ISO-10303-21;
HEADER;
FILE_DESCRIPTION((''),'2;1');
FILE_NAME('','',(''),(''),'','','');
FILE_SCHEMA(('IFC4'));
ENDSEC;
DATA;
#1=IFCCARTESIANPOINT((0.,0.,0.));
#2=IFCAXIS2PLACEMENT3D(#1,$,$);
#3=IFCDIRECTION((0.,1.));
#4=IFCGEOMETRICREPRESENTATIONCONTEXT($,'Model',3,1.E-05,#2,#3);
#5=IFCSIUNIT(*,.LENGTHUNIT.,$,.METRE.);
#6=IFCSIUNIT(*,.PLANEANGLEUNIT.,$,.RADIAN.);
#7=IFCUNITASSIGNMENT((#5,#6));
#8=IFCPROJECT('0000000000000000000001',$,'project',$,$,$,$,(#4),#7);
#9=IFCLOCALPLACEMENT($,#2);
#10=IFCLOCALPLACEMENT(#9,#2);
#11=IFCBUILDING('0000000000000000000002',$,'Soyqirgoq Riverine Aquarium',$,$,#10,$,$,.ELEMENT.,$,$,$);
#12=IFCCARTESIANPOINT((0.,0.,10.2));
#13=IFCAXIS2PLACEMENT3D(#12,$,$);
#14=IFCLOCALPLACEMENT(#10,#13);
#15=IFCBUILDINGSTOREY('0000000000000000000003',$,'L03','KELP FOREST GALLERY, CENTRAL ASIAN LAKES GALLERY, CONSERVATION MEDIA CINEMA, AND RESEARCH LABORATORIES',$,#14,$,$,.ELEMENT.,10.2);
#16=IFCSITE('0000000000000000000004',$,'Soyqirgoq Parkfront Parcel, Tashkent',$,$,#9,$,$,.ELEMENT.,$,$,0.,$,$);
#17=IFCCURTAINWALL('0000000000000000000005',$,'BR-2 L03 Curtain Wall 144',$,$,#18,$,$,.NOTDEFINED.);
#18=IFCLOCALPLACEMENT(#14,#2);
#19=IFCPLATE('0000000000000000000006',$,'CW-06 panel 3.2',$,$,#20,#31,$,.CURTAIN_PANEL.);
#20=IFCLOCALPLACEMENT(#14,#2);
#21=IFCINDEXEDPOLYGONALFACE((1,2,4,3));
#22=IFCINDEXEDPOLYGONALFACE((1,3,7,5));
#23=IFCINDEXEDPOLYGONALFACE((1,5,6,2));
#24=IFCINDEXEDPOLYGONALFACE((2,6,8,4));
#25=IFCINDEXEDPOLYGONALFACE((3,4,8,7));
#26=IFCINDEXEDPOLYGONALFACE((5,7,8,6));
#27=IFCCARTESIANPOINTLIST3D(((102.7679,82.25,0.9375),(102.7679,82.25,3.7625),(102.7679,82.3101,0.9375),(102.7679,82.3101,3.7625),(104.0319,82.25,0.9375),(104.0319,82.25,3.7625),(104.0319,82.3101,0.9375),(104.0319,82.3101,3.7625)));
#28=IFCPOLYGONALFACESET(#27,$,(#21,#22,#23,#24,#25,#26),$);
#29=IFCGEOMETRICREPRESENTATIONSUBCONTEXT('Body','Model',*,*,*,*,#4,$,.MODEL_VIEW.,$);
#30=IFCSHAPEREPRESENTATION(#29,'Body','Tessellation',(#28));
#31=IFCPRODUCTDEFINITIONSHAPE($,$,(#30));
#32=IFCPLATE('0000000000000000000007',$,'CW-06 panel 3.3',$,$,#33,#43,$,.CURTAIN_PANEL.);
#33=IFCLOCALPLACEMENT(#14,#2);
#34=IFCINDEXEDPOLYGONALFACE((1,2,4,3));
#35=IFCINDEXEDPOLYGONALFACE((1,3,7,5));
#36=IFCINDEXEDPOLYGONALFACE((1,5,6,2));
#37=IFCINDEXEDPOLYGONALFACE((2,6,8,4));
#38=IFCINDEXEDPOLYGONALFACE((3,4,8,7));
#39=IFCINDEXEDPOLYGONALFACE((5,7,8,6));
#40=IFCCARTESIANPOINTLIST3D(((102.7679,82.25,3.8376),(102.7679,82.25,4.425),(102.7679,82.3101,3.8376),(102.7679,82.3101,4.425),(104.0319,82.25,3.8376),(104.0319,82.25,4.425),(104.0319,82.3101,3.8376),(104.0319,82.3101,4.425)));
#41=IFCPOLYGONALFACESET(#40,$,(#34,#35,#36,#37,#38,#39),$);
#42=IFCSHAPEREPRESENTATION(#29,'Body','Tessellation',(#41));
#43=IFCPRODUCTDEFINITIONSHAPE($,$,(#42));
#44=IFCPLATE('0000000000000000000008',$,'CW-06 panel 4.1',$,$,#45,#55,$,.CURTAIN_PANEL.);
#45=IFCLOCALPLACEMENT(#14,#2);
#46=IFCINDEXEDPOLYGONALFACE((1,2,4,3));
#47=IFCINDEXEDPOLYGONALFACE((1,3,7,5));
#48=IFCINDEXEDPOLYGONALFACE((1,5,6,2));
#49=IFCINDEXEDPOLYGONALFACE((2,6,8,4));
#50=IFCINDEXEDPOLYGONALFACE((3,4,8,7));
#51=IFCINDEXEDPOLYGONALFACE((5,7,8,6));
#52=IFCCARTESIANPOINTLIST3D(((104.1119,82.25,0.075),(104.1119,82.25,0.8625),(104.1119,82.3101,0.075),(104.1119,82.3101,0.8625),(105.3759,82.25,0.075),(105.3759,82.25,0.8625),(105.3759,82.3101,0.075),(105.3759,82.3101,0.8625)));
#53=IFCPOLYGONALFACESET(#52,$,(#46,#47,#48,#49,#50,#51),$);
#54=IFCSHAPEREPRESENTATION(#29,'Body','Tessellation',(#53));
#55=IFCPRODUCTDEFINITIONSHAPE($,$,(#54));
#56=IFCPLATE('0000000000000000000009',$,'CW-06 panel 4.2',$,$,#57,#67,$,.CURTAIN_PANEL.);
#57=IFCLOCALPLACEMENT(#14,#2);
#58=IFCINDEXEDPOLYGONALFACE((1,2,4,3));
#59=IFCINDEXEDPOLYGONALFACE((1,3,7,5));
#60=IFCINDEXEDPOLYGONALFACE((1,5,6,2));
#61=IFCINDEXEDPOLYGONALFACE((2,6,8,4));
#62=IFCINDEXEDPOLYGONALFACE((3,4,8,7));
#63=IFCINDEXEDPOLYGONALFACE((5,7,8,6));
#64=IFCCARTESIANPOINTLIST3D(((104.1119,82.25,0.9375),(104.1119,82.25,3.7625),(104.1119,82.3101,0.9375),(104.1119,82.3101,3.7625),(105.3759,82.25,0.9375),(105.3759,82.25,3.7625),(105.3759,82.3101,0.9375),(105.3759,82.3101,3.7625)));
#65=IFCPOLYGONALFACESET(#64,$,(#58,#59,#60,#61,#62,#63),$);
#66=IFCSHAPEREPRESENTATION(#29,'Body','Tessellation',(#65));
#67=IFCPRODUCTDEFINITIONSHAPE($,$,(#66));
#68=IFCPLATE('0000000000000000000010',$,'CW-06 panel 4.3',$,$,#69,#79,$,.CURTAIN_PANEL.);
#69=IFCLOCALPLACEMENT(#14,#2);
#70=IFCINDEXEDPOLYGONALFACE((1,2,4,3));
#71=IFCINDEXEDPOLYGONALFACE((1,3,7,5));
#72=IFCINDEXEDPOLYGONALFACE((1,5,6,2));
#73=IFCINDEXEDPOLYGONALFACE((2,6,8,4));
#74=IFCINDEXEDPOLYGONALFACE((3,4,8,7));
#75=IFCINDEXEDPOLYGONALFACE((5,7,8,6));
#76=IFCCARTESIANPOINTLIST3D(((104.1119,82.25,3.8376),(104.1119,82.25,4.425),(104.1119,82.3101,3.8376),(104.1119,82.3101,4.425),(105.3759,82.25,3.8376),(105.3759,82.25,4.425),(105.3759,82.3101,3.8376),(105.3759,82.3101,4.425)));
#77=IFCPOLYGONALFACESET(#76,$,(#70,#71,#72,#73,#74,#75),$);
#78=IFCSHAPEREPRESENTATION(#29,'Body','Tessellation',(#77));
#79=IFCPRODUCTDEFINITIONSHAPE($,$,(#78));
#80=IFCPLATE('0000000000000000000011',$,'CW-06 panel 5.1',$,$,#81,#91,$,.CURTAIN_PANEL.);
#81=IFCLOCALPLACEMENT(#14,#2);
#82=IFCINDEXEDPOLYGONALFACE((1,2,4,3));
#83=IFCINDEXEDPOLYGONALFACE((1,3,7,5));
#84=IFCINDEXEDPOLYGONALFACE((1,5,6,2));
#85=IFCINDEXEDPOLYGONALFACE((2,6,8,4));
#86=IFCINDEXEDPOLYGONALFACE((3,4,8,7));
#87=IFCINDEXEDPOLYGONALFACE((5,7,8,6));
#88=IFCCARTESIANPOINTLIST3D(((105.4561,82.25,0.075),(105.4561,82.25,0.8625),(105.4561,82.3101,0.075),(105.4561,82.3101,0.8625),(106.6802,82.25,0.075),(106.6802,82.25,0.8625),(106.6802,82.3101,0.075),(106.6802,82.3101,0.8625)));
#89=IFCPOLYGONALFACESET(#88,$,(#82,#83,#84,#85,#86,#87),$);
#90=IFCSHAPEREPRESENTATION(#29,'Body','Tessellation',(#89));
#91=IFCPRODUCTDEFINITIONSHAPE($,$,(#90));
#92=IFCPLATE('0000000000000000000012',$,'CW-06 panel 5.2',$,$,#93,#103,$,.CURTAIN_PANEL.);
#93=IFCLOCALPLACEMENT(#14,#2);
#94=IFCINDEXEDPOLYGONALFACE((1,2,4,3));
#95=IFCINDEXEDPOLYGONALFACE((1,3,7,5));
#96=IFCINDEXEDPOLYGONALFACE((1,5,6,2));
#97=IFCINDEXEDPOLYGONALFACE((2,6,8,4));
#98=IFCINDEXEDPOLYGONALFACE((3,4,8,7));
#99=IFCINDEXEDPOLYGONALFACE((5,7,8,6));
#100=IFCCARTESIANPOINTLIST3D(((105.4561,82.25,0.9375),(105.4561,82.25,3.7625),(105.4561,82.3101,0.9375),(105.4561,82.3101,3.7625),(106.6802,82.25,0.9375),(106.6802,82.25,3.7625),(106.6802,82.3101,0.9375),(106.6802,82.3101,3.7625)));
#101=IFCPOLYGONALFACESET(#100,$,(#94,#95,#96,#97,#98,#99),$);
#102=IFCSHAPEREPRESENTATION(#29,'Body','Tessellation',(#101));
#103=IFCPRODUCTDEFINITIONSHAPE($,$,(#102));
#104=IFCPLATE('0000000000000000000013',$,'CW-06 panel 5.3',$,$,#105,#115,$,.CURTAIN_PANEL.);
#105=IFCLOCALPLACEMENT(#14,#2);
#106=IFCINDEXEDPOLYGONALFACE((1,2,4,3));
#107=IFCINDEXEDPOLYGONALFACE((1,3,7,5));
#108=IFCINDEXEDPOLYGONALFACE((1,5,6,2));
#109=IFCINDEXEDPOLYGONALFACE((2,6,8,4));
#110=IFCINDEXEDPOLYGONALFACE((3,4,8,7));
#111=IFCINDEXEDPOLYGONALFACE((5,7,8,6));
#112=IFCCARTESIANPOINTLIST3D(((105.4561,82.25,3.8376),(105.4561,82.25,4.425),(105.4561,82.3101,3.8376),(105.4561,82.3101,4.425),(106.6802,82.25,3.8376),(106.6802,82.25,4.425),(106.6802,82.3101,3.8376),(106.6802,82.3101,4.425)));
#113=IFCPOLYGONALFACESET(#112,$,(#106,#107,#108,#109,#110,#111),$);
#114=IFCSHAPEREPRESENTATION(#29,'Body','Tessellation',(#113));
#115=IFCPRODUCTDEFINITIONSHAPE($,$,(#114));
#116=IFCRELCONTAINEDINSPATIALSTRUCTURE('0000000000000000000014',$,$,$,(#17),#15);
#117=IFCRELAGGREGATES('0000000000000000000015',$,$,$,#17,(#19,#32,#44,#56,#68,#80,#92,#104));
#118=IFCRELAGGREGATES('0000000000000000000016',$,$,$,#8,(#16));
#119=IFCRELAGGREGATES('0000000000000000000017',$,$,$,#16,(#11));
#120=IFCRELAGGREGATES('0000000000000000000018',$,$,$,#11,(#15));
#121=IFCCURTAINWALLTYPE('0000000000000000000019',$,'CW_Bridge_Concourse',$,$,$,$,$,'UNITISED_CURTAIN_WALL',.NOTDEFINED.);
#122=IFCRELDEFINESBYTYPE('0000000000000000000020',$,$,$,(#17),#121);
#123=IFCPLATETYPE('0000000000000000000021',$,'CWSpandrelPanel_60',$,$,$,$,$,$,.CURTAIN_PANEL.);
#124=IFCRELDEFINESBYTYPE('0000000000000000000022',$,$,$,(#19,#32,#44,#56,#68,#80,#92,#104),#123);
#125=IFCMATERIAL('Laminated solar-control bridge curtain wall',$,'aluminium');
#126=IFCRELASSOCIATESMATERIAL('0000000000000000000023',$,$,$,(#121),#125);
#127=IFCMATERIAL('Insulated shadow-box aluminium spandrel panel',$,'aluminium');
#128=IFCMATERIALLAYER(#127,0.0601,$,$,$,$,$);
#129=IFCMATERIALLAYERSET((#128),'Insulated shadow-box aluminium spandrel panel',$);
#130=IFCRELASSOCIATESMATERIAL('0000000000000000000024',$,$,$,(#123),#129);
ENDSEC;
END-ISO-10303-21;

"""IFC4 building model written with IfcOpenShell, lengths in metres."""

from ifc_helpers import new_model, si_unit, direction, frame, origin, origin_2d, place, context, subcontext, project, spatial, rectangle, extrude, material, layer, layer_set, type_object, element, aggregate, save


model = new_model("IFC4")

# Units and contexts
model_context = context("Model", 3, precision=1e-05, world=origin(), true_north=direction((0.0, 1.0)))
body_context = subcontext(model_context, "Body", "Model", "MODEL_VIEW")
ifc_project = project(units=[si_unit("LENGTHUNIT", "METRE"), si_unit("PLANEANGLEUNIT", "RADIAN")], contexts=[model_context])

# Site, building, storey
site_placement = place(None, origin())
site = spatial("IfcSite", under=ifc_project, at=site_placement, Name="Soyqirgoq Parkfront Parcel, Tashkent", CompositionType="ELEMENT", RefElevation=0.0)
building_placement = place(site_placement, origin())
building = spatial("IfcBuilding", under=site, at=building_placement, Name="Soyqirgoq Riverine Aquarium", CompositionType="ELEMENT")
storey_placement = place(building_placement, frame((0.0, 0.0, 10.2)))
storey = spatial("IfcBuildingStorey", under=building, at=storey_placement, Name="L03", Description="KELP FOREST GALLERY, CENTRAL ASIAN LAKES GALLERY, CONSERVATION MEDIA CINEMA, AND RESEARCH LABORATORIES", CompositionType="ELEMENT", Elevation=10.2)

# Curtain wall
ifc_material_1 = material(Name="Laminated solar-control bridge curtain wall", Category="aluminium")
curtain_wall_type = type_object("IfcCurtainWallType", Name="CW_Bridge_Concourse", ElementType="UNITISED_CURTAIN_WALL", PredefinedType="NOTDEFINED", material=ifc_material_1)
curtain_wall_1_placement = place(storey_placement, origin())
curtain_wall_1 = element("IfcCurtainWall", 1, at=curtain_wall_1_placement, inside=storey, type_object=curtain_wall_type, Name="BR-2 L03 Curtain Wall 144", PredefinedType="NOTDEFINED")

# Plates
ifc_material_2 = material(Name="Insulated shadow-box aluminium spandrel panel", Category="aluminium")
ifc_layer_1 = layer(ifc_material_2, 0.0601)
ifc_layer_set_1 = layer_set([ifc_layer_1], Name="Insulated shadow-box aluminium spandrel panel")
plate_type_1 = type_object("IfcPlateType", Name="CWSpandrelPanel_60", PredefinedType="CURTAIN_PANEL", material=ifc_layer_set_1)
plate_1_placement = place(storey_placement, frame((103.3999, 82.28, 0.9375), z_axis=(0.0, 0.0, 1.0), x_axis=(1.0, 0.0, 0.0)))
plate_1 = element("IfcPlate", 2, at=plate_1_placement, type_object=plate_type_1, Name="CW-06 panel 3.2", PredefinedType="CURTAIN_PANEL", context=body_context, shape_type="SweptSolid", body=[
    extrude(rectangle(XDim=1.2639, YDim=0.0601, at=origin_2d()), origin(), (0.0, 0.0, 1.0), 2.825),
])
plate_2_placement = place(storey_placement, frame((103.3999, 82.28, 3.8376), z_axis=(0.0, 0.0, 1.0), x_axis=(1.0, 0.0, 0.0)))
plate_2 = element("IfcPlate", 3, at=plate_2_placement, type_object=plate_type_1, Name="CW-06 panel 3.3", PredefinedType="CURTAIN_PANEL", context=body_context, shape_type="SweptSolid", body=[
    extrude(rectangle(XDim=1.2639, YDim=0.0601, at=origin_2d()), origin(), (0.0, 0.0, 1.0), 0.5874),
])
plate_3_placement = place(storey_placement, frame((104.7439, 82.28, 0.075), z_axis=(0.0, 0.0, 1.0), x_axis=(1.0, 0.0, 0.0)))
plate_3 = element("IfcPlate", 4, at=plate_3_placement, type_object=plate_type_1, Name="CW-06 panel 4.1", PredefinedType="CURTAIN_PANEL", context=body_context, shape_type="SweptSolid", body=[
    extrude(rectangle(XDim=1.2639, YDim=0.0601, at=origin_2d()), origin(), (0.0, 0.0, 1.0), 0.7876),
])
plate_4_placement = place(storey_placement, frame((104.7439, 82.28, 0.9375), z_axis=(0.0, 0.0, 1.0), x_axis=(1.0, 0.0, 0.0)))
plate_4 = element("IfcPlate", 5, at=plate_4_placement, type_object=plate_type_1, Name="CW-06 panel 4.2", PredefinedType="CURTAIN_PANEL", context=body_context, shape_type="SweptSolid", body=[
    extrude(rectangle(XDim=1.2639, YDim=0.0601, at=origin_2d()), origin(), (0.0, 0.0, 1.0), 2.825),
])
plate_5_placement = place(storey_placement, frame((104.7439, 82.28, 3.8376), z_axis=(0.0, 0.0, 1.0), x_axis=(1.0, 0.0, 0.0)))
plate_5 = element("IfcPlate", 6, at=plate_5_placement, type_object=plate_type_1, Name="CW-06 panel 4.3", PredefinedType="CURTAIN_PANEL", context=body_context, shape_type="SweptSolid", body=[
    extrude(rectangle(XDim=1.2639, YDim=0.0601, at=origin_2d()), origin(), (0.0, 0.0, 1.0), 0.5874),
])
plate_6_placement = place(storey_placement, frame((106.0681, 82.28, 0.075), z_axis=(0.0, 0.0, 1.0), x_axis=(1.0, 0.0, 0.0)))
plate_6 = element("IfcPlate", 7, at=plate_6_placement, type_object=plate_type_1, Name="CW-06 panel 5.1", PredefinedType="CURTAIN_PANEL", context=body_context, shape_type="SweptSolid", body=[
    extrude(rectangle(XDim=1.2241, YDim=0.0601, at=origin_2d()), origin(), (0.0, 0.0, 1.0), 0.7876),
])
plate_7_placement = place(storey_placement, frame((106.0681, 82.28, 0.9375), z_axis=(0.0, 0.0, 1.0), x_axis=(1.0, 0.0, 0.0)))
plate_7 = element("IfcPlate", 8, at=plate_7_placement, type_object=plate_type_1, Name="CW-06 panel 5.2", PredefinedType="CURTAIN_PANEL", context=body_context, shape_type="SweptSolid", body=[
    extrude(rectangle(XDim=1.2241, YDim=0.0601, at=origin_2d()), origin(), (0.0, 0.0, 1.0), 2.825),
])
plate_8_placement = place(storey_placement, frame((106.0681, 82.28, 3.8376), z_axis=(0.0, 0.0, 1.0), x_axis=(1.0, 0.0, 0.0)))
plate_8 = element("IfcPlate", 9, at=plate_8_placement, type_object=plate_type_1, Name="CW-06 panel 5.3", PredefinedType="CURTAIN_PANEL", context=body_context, shape_type="SweptSolid", body=[
    extrude(rectangle(XDim=1.2241, YDim=0.0601, at=origin_2d()), origin(), (0.0, 0.0, 1.0), 0.5874),
])
aggregate(curtain_wall_1, [plate_1, plate_2, plate_3, plate_4, plate_5, plate_6, plate_7, plate_8])

save(model, "model.ifc")
